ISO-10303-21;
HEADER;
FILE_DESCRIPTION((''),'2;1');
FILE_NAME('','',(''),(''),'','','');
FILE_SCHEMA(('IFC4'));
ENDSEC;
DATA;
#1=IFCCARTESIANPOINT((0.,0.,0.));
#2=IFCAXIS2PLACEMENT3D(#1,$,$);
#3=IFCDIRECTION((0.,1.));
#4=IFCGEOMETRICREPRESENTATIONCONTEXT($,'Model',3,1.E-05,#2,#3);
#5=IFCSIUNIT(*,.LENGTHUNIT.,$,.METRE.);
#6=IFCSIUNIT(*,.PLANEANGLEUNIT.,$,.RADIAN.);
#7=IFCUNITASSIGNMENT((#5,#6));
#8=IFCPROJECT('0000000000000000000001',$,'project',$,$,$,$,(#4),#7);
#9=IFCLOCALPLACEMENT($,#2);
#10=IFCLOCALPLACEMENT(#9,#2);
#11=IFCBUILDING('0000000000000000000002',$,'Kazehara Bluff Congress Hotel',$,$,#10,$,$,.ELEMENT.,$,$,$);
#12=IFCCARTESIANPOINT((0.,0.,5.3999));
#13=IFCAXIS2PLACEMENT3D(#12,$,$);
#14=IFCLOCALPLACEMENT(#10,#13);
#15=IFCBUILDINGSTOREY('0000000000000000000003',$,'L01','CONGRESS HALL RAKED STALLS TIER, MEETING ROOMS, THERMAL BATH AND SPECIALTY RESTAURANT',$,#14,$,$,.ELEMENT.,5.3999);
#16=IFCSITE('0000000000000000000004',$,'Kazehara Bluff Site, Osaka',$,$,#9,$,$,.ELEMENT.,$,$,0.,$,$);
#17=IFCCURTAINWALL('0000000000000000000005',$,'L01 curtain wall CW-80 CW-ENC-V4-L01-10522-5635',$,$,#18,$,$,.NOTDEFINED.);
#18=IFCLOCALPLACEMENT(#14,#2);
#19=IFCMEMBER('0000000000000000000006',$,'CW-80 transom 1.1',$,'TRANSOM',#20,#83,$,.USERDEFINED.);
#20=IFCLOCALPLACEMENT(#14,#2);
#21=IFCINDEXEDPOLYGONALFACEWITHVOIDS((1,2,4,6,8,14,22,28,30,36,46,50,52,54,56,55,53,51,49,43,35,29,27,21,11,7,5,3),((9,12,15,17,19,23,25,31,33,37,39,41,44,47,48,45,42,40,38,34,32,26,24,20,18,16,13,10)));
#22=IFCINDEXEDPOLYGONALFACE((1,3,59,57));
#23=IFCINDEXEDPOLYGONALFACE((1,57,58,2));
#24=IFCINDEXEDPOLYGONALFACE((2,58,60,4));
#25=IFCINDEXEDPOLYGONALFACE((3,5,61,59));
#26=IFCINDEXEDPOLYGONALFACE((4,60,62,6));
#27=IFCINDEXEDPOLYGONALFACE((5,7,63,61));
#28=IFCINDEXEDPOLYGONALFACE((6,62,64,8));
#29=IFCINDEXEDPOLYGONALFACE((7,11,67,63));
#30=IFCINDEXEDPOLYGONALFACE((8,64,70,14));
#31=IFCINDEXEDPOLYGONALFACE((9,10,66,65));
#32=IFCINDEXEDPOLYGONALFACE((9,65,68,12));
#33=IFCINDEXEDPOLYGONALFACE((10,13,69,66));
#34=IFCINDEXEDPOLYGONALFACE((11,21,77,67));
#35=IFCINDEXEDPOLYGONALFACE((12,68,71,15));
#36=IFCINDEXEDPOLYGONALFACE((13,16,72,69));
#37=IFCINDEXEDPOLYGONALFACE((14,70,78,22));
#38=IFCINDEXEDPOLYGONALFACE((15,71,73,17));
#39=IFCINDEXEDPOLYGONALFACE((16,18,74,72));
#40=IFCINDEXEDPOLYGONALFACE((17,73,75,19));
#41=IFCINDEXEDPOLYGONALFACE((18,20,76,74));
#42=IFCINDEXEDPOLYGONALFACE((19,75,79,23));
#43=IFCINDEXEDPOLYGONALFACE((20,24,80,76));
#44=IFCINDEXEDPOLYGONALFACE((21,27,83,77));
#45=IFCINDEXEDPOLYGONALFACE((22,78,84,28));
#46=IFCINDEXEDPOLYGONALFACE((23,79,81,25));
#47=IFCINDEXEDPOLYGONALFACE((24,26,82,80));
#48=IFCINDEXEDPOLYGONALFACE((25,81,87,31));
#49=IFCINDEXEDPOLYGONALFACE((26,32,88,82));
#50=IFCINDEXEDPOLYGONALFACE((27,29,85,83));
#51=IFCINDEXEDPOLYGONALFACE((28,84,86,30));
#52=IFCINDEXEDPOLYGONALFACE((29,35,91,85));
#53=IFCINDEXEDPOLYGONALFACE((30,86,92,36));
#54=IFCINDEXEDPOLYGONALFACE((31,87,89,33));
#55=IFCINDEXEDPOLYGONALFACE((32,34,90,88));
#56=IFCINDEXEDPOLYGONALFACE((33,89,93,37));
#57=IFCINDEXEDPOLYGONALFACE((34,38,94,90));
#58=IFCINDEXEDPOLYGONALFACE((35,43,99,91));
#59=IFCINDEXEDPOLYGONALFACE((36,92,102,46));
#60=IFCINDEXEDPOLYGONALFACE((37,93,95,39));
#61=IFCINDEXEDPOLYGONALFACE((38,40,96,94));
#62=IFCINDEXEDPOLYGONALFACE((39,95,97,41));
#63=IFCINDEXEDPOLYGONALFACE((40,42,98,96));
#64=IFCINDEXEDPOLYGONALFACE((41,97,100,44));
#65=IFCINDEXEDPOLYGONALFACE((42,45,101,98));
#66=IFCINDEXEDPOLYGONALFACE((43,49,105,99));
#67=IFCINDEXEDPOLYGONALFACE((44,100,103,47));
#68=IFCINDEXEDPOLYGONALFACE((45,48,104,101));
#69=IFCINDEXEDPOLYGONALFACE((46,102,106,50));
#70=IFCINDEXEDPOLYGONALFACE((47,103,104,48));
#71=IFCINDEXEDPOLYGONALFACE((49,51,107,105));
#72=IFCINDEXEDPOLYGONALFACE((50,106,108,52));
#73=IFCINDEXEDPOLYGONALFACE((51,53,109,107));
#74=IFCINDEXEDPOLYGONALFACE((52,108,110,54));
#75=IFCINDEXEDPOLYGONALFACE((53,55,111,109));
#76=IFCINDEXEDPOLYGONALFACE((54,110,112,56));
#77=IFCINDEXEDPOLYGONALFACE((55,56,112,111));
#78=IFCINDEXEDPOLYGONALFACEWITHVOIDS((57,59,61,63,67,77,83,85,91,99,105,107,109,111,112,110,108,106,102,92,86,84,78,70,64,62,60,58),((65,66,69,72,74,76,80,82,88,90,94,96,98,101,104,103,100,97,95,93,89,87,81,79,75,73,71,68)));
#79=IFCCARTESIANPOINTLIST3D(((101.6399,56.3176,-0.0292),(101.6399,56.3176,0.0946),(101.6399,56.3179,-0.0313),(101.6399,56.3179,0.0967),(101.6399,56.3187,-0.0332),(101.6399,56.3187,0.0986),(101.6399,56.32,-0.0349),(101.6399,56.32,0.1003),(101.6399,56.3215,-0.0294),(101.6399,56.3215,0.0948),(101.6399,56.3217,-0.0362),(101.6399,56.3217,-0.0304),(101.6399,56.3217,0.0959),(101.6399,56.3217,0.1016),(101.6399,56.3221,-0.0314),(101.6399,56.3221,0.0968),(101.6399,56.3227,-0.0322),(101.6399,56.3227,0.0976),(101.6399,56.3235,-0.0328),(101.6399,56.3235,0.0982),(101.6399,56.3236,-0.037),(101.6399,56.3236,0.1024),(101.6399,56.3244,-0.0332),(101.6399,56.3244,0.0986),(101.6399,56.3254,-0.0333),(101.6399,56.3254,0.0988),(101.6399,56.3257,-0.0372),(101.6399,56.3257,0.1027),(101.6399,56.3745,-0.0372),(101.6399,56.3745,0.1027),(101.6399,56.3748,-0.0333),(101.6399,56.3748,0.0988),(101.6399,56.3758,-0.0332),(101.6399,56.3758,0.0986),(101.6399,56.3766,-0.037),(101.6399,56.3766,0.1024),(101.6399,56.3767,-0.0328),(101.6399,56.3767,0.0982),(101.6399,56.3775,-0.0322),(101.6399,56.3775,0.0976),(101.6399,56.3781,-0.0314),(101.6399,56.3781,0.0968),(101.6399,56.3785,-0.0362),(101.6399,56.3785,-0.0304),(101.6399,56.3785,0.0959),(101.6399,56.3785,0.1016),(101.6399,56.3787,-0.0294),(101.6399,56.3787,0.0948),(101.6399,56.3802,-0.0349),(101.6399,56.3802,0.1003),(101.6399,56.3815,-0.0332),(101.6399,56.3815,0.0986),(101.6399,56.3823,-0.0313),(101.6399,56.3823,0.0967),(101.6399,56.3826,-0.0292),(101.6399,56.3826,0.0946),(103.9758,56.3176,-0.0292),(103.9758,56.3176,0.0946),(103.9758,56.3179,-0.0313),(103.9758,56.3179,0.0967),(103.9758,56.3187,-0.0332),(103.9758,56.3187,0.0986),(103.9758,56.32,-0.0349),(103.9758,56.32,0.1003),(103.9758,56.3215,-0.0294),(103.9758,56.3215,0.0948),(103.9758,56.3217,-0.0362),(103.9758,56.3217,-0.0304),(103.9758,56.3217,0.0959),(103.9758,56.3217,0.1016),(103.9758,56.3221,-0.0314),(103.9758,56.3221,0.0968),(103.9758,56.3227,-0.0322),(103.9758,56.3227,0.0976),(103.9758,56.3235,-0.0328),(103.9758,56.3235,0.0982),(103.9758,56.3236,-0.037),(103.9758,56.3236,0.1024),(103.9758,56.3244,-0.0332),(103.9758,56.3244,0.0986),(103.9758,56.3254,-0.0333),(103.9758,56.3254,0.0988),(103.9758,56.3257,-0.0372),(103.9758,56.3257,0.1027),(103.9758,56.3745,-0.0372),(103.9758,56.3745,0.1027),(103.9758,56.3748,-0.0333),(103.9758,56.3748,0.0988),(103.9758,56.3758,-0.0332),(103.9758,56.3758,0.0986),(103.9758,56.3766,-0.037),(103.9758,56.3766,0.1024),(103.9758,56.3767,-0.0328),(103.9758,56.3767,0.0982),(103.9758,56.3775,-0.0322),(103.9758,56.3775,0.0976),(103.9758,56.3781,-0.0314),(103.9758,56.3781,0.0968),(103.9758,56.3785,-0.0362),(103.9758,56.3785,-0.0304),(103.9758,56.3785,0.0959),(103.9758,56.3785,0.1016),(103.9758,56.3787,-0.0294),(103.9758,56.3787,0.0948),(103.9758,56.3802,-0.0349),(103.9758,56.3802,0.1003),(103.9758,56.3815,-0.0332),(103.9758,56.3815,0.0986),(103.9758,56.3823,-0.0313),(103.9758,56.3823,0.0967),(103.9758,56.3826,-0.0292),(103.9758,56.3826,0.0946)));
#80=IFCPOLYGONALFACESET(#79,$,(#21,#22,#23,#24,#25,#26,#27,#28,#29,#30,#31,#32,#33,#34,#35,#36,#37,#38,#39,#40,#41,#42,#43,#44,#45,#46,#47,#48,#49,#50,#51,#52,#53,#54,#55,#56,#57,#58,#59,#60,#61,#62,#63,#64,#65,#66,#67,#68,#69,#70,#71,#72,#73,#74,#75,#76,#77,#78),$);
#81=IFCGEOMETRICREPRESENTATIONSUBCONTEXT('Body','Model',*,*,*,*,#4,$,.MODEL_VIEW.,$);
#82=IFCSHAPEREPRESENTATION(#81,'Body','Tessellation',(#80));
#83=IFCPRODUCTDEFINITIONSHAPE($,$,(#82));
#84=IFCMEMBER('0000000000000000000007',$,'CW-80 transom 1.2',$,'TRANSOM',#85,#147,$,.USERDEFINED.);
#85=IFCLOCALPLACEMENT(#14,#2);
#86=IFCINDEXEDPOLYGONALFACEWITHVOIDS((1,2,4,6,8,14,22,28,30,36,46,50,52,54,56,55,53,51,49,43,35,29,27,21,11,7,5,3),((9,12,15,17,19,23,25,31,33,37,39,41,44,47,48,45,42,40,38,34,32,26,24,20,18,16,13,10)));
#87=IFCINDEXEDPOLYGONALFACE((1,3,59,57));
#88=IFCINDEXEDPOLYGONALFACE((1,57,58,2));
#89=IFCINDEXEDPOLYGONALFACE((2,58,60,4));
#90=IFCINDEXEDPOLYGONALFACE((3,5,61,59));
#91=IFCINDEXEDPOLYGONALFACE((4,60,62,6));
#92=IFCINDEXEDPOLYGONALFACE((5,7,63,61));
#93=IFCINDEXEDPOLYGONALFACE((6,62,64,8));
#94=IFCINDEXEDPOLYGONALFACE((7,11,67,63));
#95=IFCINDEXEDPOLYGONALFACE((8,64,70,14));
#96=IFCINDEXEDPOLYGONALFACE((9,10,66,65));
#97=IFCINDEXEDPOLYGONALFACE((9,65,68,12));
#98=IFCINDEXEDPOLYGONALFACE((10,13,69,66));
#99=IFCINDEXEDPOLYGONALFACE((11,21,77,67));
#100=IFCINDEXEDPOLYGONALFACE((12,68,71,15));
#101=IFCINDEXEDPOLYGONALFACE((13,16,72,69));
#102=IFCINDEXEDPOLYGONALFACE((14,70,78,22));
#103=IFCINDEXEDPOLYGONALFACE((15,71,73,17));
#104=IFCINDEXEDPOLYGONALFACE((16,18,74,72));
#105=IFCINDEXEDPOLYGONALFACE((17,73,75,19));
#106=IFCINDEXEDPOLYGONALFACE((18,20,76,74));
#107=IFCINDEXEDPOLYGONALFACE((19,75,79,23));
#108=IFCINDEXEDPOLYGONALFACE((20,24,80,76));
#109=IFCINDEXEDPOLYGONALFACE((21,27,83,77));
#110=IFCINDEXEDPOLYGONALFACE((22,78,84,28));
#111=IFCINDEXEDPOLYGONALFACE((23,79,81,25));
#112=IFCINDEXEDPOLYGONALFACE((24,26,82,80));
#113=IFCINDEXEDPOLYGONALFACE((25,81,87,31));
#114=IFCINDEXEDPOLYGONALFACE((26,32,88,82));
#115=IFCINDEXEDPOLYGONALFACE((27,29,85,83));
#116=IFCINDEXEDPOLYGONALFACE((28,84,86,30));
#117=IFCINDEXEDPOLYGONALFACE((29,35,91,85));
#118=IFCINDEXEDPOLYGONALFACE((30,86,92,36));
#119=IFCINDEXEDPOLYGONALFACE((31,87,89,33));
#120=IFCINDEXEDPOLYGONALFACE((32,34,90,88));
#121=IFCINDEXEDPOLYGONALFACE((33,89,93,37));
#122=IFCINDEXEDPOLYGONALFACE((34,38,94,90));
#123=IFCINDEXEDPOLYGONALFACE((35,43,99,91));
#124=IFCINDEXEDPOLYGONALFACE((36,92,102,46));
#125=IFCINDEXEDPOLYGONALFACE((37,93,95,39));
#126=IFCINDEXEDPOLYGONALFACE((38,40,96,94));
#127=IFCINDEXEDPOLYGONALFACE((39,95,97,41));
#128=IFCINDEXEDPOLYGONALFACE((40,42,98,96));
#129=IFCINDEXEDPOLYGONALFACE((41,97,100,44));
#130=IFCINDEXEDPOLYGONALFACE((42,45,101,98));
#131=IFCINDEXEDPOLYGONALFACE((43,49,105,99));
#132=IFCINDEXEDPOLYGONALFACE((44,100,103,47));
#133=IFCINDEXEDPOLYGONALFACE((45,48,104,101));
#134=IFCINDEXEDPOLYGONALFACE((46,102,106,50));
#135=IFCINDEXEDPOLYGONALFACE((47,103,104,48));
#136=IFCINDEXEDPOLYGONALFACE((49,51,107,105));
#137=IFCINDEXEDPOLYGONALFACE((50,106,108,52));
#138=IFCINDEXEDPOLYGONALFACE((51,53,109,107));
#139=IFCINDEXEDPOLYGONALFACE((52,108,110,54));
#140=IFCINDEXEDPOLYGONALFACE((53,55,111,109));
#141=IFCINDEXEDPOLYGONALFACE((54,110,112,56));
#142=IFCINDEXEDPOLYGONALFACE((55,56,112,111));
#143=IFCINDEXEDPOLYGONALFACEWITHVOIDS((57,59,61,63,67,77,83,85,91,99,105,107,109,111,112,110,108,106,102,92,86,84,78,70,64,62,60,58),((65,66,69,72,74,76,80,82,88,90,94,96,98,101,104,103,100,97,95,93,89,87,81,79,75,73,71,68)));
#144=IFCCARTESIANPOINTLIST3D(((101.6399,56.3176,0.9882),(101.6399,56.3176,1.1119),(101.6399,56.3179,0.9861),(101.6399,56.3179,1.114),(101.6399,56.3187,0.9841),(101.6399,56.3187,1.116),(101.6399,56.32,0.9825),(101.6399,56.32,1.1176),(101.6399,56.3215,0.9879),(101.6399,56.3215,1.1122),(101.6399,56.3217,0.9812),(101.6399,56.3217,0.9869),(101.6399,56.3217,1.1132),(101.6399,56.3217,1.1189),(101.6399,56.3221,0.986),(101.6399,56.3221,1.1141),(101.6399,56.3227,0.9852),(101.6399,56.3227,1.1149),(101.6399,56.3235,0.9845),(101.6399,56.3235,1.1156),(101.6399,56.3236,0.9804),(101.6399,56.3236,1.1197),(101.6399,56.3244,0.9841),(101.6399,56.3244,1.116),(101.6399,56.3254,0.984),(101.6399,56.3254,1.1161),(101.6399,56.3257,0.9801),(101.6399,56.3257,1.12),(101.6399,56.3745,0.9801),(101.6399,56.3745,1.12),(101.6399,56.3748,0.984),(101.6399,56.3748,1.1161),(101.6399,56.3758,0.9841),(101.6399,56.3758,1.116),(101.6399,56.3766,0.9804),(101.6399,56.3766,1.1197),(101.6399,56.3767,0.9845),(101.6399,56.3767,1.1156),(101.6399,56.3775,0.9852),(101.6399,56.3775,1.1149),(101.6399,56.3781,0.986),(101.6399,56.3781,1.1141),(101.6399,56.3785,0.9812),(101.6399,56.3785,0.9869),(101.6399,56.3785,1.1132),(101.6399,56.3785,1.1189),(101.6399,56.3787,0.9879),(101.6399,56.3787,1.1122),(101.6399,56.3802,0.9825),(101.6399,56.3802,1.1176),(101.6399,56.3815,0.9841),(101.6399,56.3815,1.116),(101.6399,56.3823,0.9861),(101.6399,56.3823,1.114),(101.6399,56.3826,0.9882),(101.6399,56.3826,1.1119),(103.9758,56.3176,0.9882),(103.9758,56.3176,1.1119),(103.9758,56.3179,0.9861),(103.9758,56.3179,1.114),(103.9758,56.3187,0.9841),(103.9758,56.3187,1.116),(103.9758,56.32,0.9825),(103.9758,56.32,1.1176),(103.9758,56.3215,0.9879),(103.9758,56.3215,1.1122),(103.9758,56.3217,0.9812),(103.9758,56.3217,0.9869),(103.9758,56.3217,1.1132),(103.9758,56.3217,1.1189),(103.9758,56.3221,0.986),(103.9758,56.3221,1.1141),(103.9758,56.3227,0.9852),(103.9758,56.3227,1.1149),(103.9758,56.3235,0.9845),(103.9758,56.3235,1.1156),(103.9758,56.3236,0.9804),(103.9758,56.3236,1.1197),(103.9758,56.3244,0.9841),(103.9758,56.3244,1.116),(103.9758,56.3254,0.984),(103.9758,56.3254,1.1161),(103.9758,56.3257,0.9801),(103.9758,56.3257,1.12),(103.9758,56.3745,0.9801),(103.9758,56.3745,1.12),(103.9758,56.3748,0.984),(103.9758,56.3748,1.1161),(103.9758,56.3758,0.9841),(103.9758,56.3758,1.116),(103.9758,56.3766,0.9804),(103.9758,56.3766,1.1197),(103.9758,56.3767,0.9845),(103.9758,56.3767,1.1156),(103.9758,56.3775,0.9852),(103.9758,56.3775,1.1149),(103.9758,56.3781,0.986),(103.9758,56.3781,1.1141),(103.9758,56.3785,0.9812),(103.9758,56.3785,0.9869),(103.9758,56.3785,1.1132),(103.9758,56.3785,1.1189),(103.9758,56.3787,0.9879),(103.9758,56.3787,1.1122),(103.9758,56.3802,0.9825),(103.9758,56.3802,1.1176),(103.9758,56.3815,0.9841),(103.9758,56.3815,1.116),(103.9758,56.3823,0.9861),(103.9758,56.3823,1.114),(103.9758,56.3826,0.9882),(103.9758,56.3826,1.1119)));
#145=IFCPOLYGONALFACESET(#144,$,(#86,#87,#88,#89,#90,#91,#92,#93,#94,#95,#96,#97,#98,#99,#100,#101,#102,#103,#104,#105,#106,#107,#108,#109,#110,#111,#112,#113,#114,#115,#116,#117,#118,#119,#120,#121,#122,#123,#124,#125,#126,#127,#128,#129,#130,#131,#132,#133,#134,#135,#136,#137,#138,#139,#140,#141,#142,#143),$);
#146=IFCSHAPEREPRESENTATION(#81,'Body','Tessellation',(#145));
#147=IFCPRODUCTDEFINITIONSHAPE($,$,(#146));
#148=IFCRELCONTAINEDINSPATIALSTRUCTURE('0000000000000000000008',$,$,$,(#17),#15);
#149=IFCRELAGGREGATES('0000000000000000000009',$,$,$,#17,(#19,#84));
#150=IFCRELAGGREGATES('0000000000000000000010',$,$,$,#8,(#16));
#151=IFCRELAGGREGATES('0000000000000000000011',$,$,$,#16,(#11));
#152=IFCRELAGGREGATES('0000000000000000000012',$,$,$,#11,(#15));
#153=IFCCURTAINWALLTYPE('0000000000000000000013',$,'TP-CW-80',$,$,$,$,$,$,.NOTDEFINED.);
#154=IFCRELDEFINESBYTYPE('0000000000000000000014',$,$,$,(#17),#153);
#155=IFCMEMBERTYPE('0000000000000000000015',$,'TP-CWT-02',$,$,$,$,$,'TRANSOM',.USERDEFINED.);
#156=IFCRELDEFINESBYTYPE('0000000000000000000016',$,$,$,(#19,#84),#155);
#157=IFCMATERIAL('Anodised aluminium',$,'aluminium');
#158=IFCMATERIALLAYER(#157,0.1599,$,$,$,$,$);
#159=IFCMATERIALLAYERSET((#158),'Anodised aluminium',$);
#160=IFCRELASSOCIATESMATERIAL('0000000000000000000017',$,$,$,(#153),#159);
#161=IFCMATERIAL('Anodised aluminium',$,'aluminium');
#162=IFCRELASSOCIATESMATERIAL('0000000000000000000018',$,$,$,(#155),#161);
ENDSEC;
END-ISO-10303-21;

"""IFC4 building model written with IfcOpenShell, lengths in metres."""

from ifc_helpers import new_model, si_unit, direction, frame, origin, origin_2d, place, context, subcontext, project, spatial, hollow_rectangle, extrude, material, layer, layer_set, material_profile, profile_set, type_object, element, aggregate, save


model = new_model("IFC4")

# Units and contexts
model_context = context("Model", 3, precision=1e-05, world=origin(), true_north=direction((0.0, 1.0)))
body_context = subcontext(model_context, "Body", "Model", "MODEL_VIEW")
ifc_project = project(units=[si_unit("LENGTHUNIT", "METRE"), si_unit("PLANEANGLEUNIT", "RADIAN")], contexts=[model_context])

# Site, building, storey
site_placement = place(None, origin())
site = spatial("IfcSite", under=ifc_project, at=site_placement, Name="Kazehara Bluff Site, Osaka", CompositionType="ELEMENT", RefElevation=0.0)
building_placement = place(site_placement, origin())
building = spatial("IfcBuilding", under=site, at=building_placement, Name="Kazehara Bluff Congress Hotel", CompositionType="ELEMENT")
storey_placement = place(building_placement, frame((0.0, 0.0, 5.3999)))
storey = spatial("IfcBuildingStorey", under=building, at=storey_placement, Name="L01", Description="CONGRESS HALL RAKED STALLS TIER, MEETING ROOMS, THERMAL BATH AND SPECIALTY RESTAURANT", CompositionType="ELEMENT", Elevation=5.3999)

# Curtain wall, members
ifc_material_1 = material(Name="Anodised aluminium", Category="aluminium")
ifc_layer_1 = layer(ifc_material_1, 0.1599)
ifc_layer_set_1 = layer_set([ifc_layer_1], Name="Anodised aluminium")
curtain_wall_type_1 = type_object("IfcCurtainWallType", Name="TP-CW-80", PredefinedType="NOTDEFINED", material=ifc_layer_set_1)
curtain_wall_1_placement = place(storey_placement, origin())
curtain_wall_1 = element("IfcCurtainWall", 1, at=curtain_wall_1_placement, inside=storey, type_object=curtain_wall_type_1, Name="L01 curtain wall CW-80 CW-ENC-V4-L01-10522-5635", PredefinedType="NOTDEFINED")
ifc_material_2 = material(Name="Anodised aluminium", Category="aluminium")
ifc_material_profile_1 = material_profile(ifc_material_2, hollow_rectangle(XDim=0.0649, YDim=0.1399, WallThickness=0.0039, InnerFilletRadius=0.0039, OuterFilletRadius=0.0081, at=origin_2d()))
ifc_profile_set_1 = profile_set([ifc_material_profile_1], Name="Anodised aluminium")
member_type_1 = type_object("IfcMemberType", Name="TP-CWT-02", ElementType="TRANSOM", PredefinedType="USERDEFINED", material=ifc_profile_set_1)
member_1_placement = place(storey_placement, frame((101.6399, 56.3501, 0.0327), z_axis=(1.0, 0.0, 0.0), x_axis=(0.0, 1.0, 0.0)))
member_1 = element("IfcMember", 2, at=member_1_placement, type_object=member_type_1, Name="CW-80 transom 1.1", ObjectType="TRANSOM", PredefinedType="USERDEFINED", context=body_context, shape_type="SweptSolid", body=[
    extrude(hollow_rectangle(XDim=0.0649, YDim=0.1399, WallThickness=0.0039, InnerFilletRadius=0.0039, OuterFilletRadius=0.0081, at=origin_2d()), origin(), (0.0, 0.0, 1.0), 2.3359),
])
member_2_placement = place(storey_placement, frame((101.6399, 56.3501, 1.05), z_axis=(1.0, 0.0, 0.0), x_axis=(0.0, 1.0, 0.0)))
member_2 = element("IfcMember", 3, at=member_2_placement, type_object=member_type_1, Name="CW-80 transom 1.2", ObjectType="TRANSOM", PredefinedType="USERDEFINED", context=body_context, shape_type="SweptSolid", body=[
    extrude(hollow_rectangle(XDim=0.0649, YDim=0.1399, WallThickness=0.0039, InnerFilletRadius=0.0039, OuterFilletRadius=0.0081, at=origin_2d()), origin(), (0.0, 0.0, 1.0), 2.3359),
])

aggregate(curtain_wall_1, [member_1, member_2])

save(model, "model.ifc")
